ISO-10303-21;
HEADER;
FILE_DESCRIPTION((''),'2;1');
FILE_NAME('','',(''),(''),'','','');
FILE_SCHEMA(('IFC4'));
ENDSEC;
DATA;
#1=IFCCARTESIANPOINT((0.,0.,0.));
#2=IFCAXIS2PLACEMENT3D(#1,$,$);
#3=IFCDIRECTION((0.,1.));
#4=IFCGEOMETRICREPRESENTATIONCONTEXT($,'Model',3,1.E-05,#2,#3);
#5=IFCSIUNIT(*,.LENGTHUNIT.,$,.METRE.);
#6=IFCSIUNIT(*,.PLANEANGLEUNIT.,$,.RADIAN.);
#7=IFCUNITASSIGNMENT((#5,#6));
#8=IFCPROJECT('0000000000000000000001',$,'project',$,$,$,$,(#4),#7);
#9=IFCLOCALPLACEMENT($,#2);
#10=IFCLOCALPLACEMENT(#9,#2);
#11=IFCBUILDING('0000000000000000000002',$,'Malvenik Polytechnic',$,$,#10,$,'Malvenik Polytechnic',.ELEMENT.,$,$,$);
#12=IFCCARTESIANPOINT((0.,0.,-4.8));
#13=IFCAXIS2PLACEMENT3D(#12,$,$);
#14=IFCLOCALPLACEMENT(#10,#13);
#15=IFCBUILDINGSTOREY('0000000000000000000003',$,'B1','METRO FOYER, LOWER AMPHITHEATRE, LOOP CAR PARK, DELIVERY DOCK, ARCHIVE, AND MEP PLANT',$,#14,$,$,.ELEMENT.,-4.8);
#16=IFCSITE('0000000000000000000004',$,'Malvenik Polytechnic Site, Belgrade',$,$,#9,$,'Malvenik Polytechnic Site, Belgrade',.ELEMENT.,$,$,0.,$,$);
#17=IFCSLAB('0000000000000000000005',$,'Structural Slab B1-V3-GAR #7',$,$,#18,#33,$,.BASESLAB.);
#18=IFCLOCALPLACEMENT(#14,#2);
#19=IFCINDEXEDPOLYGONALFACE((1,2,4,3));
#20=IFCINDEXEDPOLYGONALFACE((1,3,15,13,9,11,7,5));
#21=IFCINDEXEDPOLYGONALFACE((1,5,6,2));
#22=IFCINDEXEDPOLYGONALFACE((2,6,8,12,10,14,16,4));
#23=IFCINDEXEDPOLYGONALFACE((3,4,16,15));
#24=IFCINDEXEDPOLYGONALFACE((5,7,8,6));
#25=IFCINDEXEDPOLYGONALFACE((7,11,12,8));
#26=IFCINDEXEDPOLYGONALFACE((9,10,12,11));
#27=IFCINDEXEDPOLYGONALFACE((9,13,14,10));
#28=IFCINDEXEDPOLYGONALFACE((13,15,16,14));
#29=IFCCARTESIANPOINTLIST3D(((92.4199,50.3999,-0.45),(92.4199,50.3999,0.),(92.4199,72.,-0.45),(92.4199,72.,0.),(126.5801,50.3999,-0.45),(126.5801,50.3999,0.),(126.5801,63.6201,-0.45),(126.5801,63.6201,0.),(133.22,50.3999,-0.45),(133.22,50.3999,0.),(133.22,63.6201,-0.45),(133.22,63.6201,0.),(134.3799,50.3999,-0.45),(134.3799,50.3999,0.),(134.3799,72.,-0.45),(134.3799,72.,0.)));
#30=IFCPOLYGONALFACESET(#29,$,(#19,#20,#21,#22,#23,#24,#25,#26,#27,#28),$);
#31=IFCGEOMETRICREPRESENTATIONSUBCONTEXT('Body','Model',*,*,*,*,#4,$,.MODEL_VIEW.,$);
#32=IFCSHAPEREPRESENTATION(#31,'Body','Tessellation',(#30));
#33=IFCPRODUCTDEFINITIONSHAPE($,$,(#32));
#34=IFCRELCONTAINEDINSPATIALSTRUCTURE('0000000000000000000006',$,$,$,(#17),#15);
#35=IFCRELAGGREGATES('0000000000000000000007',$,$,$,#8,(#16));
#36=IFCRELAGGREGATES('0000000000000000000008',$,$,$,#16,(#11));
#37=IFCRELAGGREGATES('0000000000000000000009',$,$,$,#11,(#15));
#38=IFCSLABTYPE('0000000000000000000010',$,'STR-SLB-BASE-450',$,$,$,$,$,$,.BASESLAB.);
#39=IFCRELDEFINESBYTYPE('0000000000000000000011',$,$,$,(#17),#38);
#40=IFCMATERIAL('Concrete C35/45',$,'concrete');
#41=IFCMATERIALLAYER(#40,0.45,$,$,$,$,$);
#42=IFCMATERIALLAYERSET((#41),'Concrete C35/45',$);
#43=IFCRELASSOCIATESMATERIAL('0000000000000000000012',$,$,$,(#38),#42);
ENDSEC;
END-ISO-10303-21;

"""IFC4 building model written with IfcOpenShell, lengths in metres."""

from ifc_helpers import new_model, si_unit, direction, frame, origin, place, context, subcontext, project, spatial, polyline, outline, extrude, material, layer, layer_set, type_object, element, save


model = new_model("IFC4")

# Units and contexts
model_context = context("Model", 3, precision=1e-05, world=origin(), true_north=direction((0.0, 1.0)))
body_context = subcontext(model_context, "Body", "Model", "MODEL_VIEW")
ifc_project = project(units=[si_unit("LENGTHUNIT", "METRE"), si_unit("PLANEANGLEUNIT", "RADIAN")], contexts=[model_context])

# Site, building, storey
site_placement = place(None, origin())
site = spatial("IfcSite", under=ifc_project, at=site_placement, Name="Malvenik Polytechnic Site, Belgrade", LongName="Malvenik Polytechnic Site, Belgrade", CompositionType="ELEMENT", RefElevation=0.0)
building_placement = place(site_placement, origin())
building = spatial("IfcBuilding", under=site, at=building_placement, Name="Malvenik Polytechnic", LongName="Malvenik Polytechnic", CompositionType="ELEMENT")
storey_placement = place(building_placement, frame((0.0, 0.0, -4.8)))
storey = spatial("IfcBuildingStorey", under=building, at=storey_placement, Name="B1", Description="METRO FOYER, LOWER AMPHITHEATRE, LOOP CAR PARK, DELIVERY DOCK, ARCHIVE, AND MEP PLANT", CompositionType="ELEMENT", Elevation=-4.8)

# Shared definitions
ifc_material = material(Name="Concrete C35/45", Category="concrete")

# Slab
ifc_layer = layer(ifc_material, 0.45)
ifc_layer_set = layer_set([ifc_layer], Name="Concrete C35/45")
slab_type = type_object("IfcSlabType", Name="STR-SLB-BASE-450", PredefinedType="BASESLAB", material=ifc_layer_set)
slab_1_placement = place(storey_placement, frame((0.0, 0.0, -0.45)))
element("IfcSlab", 1, at=slab_1_placement, inside=storey, type_object=slab_type, Name="Structural Slab B1-V3-GAR #7", PredefinedType="BASESLAB", context=body_context, shape_type="SweptSolid", body=[
    extrude(outline(polyline([(133.22, 63.6201), (126.5801, 63.6201), (126.5801, 50.3999), (92.4199, 50.3999), (92.4199, 72.0), (134.3799, 72.0), (134.3799, 50.3999), (133.22, 50.3999), (133.22, 63.6201)])), origin(), (0.0, 0.0, 1.0), 0.45),
])

save(model, "model.ifc")
